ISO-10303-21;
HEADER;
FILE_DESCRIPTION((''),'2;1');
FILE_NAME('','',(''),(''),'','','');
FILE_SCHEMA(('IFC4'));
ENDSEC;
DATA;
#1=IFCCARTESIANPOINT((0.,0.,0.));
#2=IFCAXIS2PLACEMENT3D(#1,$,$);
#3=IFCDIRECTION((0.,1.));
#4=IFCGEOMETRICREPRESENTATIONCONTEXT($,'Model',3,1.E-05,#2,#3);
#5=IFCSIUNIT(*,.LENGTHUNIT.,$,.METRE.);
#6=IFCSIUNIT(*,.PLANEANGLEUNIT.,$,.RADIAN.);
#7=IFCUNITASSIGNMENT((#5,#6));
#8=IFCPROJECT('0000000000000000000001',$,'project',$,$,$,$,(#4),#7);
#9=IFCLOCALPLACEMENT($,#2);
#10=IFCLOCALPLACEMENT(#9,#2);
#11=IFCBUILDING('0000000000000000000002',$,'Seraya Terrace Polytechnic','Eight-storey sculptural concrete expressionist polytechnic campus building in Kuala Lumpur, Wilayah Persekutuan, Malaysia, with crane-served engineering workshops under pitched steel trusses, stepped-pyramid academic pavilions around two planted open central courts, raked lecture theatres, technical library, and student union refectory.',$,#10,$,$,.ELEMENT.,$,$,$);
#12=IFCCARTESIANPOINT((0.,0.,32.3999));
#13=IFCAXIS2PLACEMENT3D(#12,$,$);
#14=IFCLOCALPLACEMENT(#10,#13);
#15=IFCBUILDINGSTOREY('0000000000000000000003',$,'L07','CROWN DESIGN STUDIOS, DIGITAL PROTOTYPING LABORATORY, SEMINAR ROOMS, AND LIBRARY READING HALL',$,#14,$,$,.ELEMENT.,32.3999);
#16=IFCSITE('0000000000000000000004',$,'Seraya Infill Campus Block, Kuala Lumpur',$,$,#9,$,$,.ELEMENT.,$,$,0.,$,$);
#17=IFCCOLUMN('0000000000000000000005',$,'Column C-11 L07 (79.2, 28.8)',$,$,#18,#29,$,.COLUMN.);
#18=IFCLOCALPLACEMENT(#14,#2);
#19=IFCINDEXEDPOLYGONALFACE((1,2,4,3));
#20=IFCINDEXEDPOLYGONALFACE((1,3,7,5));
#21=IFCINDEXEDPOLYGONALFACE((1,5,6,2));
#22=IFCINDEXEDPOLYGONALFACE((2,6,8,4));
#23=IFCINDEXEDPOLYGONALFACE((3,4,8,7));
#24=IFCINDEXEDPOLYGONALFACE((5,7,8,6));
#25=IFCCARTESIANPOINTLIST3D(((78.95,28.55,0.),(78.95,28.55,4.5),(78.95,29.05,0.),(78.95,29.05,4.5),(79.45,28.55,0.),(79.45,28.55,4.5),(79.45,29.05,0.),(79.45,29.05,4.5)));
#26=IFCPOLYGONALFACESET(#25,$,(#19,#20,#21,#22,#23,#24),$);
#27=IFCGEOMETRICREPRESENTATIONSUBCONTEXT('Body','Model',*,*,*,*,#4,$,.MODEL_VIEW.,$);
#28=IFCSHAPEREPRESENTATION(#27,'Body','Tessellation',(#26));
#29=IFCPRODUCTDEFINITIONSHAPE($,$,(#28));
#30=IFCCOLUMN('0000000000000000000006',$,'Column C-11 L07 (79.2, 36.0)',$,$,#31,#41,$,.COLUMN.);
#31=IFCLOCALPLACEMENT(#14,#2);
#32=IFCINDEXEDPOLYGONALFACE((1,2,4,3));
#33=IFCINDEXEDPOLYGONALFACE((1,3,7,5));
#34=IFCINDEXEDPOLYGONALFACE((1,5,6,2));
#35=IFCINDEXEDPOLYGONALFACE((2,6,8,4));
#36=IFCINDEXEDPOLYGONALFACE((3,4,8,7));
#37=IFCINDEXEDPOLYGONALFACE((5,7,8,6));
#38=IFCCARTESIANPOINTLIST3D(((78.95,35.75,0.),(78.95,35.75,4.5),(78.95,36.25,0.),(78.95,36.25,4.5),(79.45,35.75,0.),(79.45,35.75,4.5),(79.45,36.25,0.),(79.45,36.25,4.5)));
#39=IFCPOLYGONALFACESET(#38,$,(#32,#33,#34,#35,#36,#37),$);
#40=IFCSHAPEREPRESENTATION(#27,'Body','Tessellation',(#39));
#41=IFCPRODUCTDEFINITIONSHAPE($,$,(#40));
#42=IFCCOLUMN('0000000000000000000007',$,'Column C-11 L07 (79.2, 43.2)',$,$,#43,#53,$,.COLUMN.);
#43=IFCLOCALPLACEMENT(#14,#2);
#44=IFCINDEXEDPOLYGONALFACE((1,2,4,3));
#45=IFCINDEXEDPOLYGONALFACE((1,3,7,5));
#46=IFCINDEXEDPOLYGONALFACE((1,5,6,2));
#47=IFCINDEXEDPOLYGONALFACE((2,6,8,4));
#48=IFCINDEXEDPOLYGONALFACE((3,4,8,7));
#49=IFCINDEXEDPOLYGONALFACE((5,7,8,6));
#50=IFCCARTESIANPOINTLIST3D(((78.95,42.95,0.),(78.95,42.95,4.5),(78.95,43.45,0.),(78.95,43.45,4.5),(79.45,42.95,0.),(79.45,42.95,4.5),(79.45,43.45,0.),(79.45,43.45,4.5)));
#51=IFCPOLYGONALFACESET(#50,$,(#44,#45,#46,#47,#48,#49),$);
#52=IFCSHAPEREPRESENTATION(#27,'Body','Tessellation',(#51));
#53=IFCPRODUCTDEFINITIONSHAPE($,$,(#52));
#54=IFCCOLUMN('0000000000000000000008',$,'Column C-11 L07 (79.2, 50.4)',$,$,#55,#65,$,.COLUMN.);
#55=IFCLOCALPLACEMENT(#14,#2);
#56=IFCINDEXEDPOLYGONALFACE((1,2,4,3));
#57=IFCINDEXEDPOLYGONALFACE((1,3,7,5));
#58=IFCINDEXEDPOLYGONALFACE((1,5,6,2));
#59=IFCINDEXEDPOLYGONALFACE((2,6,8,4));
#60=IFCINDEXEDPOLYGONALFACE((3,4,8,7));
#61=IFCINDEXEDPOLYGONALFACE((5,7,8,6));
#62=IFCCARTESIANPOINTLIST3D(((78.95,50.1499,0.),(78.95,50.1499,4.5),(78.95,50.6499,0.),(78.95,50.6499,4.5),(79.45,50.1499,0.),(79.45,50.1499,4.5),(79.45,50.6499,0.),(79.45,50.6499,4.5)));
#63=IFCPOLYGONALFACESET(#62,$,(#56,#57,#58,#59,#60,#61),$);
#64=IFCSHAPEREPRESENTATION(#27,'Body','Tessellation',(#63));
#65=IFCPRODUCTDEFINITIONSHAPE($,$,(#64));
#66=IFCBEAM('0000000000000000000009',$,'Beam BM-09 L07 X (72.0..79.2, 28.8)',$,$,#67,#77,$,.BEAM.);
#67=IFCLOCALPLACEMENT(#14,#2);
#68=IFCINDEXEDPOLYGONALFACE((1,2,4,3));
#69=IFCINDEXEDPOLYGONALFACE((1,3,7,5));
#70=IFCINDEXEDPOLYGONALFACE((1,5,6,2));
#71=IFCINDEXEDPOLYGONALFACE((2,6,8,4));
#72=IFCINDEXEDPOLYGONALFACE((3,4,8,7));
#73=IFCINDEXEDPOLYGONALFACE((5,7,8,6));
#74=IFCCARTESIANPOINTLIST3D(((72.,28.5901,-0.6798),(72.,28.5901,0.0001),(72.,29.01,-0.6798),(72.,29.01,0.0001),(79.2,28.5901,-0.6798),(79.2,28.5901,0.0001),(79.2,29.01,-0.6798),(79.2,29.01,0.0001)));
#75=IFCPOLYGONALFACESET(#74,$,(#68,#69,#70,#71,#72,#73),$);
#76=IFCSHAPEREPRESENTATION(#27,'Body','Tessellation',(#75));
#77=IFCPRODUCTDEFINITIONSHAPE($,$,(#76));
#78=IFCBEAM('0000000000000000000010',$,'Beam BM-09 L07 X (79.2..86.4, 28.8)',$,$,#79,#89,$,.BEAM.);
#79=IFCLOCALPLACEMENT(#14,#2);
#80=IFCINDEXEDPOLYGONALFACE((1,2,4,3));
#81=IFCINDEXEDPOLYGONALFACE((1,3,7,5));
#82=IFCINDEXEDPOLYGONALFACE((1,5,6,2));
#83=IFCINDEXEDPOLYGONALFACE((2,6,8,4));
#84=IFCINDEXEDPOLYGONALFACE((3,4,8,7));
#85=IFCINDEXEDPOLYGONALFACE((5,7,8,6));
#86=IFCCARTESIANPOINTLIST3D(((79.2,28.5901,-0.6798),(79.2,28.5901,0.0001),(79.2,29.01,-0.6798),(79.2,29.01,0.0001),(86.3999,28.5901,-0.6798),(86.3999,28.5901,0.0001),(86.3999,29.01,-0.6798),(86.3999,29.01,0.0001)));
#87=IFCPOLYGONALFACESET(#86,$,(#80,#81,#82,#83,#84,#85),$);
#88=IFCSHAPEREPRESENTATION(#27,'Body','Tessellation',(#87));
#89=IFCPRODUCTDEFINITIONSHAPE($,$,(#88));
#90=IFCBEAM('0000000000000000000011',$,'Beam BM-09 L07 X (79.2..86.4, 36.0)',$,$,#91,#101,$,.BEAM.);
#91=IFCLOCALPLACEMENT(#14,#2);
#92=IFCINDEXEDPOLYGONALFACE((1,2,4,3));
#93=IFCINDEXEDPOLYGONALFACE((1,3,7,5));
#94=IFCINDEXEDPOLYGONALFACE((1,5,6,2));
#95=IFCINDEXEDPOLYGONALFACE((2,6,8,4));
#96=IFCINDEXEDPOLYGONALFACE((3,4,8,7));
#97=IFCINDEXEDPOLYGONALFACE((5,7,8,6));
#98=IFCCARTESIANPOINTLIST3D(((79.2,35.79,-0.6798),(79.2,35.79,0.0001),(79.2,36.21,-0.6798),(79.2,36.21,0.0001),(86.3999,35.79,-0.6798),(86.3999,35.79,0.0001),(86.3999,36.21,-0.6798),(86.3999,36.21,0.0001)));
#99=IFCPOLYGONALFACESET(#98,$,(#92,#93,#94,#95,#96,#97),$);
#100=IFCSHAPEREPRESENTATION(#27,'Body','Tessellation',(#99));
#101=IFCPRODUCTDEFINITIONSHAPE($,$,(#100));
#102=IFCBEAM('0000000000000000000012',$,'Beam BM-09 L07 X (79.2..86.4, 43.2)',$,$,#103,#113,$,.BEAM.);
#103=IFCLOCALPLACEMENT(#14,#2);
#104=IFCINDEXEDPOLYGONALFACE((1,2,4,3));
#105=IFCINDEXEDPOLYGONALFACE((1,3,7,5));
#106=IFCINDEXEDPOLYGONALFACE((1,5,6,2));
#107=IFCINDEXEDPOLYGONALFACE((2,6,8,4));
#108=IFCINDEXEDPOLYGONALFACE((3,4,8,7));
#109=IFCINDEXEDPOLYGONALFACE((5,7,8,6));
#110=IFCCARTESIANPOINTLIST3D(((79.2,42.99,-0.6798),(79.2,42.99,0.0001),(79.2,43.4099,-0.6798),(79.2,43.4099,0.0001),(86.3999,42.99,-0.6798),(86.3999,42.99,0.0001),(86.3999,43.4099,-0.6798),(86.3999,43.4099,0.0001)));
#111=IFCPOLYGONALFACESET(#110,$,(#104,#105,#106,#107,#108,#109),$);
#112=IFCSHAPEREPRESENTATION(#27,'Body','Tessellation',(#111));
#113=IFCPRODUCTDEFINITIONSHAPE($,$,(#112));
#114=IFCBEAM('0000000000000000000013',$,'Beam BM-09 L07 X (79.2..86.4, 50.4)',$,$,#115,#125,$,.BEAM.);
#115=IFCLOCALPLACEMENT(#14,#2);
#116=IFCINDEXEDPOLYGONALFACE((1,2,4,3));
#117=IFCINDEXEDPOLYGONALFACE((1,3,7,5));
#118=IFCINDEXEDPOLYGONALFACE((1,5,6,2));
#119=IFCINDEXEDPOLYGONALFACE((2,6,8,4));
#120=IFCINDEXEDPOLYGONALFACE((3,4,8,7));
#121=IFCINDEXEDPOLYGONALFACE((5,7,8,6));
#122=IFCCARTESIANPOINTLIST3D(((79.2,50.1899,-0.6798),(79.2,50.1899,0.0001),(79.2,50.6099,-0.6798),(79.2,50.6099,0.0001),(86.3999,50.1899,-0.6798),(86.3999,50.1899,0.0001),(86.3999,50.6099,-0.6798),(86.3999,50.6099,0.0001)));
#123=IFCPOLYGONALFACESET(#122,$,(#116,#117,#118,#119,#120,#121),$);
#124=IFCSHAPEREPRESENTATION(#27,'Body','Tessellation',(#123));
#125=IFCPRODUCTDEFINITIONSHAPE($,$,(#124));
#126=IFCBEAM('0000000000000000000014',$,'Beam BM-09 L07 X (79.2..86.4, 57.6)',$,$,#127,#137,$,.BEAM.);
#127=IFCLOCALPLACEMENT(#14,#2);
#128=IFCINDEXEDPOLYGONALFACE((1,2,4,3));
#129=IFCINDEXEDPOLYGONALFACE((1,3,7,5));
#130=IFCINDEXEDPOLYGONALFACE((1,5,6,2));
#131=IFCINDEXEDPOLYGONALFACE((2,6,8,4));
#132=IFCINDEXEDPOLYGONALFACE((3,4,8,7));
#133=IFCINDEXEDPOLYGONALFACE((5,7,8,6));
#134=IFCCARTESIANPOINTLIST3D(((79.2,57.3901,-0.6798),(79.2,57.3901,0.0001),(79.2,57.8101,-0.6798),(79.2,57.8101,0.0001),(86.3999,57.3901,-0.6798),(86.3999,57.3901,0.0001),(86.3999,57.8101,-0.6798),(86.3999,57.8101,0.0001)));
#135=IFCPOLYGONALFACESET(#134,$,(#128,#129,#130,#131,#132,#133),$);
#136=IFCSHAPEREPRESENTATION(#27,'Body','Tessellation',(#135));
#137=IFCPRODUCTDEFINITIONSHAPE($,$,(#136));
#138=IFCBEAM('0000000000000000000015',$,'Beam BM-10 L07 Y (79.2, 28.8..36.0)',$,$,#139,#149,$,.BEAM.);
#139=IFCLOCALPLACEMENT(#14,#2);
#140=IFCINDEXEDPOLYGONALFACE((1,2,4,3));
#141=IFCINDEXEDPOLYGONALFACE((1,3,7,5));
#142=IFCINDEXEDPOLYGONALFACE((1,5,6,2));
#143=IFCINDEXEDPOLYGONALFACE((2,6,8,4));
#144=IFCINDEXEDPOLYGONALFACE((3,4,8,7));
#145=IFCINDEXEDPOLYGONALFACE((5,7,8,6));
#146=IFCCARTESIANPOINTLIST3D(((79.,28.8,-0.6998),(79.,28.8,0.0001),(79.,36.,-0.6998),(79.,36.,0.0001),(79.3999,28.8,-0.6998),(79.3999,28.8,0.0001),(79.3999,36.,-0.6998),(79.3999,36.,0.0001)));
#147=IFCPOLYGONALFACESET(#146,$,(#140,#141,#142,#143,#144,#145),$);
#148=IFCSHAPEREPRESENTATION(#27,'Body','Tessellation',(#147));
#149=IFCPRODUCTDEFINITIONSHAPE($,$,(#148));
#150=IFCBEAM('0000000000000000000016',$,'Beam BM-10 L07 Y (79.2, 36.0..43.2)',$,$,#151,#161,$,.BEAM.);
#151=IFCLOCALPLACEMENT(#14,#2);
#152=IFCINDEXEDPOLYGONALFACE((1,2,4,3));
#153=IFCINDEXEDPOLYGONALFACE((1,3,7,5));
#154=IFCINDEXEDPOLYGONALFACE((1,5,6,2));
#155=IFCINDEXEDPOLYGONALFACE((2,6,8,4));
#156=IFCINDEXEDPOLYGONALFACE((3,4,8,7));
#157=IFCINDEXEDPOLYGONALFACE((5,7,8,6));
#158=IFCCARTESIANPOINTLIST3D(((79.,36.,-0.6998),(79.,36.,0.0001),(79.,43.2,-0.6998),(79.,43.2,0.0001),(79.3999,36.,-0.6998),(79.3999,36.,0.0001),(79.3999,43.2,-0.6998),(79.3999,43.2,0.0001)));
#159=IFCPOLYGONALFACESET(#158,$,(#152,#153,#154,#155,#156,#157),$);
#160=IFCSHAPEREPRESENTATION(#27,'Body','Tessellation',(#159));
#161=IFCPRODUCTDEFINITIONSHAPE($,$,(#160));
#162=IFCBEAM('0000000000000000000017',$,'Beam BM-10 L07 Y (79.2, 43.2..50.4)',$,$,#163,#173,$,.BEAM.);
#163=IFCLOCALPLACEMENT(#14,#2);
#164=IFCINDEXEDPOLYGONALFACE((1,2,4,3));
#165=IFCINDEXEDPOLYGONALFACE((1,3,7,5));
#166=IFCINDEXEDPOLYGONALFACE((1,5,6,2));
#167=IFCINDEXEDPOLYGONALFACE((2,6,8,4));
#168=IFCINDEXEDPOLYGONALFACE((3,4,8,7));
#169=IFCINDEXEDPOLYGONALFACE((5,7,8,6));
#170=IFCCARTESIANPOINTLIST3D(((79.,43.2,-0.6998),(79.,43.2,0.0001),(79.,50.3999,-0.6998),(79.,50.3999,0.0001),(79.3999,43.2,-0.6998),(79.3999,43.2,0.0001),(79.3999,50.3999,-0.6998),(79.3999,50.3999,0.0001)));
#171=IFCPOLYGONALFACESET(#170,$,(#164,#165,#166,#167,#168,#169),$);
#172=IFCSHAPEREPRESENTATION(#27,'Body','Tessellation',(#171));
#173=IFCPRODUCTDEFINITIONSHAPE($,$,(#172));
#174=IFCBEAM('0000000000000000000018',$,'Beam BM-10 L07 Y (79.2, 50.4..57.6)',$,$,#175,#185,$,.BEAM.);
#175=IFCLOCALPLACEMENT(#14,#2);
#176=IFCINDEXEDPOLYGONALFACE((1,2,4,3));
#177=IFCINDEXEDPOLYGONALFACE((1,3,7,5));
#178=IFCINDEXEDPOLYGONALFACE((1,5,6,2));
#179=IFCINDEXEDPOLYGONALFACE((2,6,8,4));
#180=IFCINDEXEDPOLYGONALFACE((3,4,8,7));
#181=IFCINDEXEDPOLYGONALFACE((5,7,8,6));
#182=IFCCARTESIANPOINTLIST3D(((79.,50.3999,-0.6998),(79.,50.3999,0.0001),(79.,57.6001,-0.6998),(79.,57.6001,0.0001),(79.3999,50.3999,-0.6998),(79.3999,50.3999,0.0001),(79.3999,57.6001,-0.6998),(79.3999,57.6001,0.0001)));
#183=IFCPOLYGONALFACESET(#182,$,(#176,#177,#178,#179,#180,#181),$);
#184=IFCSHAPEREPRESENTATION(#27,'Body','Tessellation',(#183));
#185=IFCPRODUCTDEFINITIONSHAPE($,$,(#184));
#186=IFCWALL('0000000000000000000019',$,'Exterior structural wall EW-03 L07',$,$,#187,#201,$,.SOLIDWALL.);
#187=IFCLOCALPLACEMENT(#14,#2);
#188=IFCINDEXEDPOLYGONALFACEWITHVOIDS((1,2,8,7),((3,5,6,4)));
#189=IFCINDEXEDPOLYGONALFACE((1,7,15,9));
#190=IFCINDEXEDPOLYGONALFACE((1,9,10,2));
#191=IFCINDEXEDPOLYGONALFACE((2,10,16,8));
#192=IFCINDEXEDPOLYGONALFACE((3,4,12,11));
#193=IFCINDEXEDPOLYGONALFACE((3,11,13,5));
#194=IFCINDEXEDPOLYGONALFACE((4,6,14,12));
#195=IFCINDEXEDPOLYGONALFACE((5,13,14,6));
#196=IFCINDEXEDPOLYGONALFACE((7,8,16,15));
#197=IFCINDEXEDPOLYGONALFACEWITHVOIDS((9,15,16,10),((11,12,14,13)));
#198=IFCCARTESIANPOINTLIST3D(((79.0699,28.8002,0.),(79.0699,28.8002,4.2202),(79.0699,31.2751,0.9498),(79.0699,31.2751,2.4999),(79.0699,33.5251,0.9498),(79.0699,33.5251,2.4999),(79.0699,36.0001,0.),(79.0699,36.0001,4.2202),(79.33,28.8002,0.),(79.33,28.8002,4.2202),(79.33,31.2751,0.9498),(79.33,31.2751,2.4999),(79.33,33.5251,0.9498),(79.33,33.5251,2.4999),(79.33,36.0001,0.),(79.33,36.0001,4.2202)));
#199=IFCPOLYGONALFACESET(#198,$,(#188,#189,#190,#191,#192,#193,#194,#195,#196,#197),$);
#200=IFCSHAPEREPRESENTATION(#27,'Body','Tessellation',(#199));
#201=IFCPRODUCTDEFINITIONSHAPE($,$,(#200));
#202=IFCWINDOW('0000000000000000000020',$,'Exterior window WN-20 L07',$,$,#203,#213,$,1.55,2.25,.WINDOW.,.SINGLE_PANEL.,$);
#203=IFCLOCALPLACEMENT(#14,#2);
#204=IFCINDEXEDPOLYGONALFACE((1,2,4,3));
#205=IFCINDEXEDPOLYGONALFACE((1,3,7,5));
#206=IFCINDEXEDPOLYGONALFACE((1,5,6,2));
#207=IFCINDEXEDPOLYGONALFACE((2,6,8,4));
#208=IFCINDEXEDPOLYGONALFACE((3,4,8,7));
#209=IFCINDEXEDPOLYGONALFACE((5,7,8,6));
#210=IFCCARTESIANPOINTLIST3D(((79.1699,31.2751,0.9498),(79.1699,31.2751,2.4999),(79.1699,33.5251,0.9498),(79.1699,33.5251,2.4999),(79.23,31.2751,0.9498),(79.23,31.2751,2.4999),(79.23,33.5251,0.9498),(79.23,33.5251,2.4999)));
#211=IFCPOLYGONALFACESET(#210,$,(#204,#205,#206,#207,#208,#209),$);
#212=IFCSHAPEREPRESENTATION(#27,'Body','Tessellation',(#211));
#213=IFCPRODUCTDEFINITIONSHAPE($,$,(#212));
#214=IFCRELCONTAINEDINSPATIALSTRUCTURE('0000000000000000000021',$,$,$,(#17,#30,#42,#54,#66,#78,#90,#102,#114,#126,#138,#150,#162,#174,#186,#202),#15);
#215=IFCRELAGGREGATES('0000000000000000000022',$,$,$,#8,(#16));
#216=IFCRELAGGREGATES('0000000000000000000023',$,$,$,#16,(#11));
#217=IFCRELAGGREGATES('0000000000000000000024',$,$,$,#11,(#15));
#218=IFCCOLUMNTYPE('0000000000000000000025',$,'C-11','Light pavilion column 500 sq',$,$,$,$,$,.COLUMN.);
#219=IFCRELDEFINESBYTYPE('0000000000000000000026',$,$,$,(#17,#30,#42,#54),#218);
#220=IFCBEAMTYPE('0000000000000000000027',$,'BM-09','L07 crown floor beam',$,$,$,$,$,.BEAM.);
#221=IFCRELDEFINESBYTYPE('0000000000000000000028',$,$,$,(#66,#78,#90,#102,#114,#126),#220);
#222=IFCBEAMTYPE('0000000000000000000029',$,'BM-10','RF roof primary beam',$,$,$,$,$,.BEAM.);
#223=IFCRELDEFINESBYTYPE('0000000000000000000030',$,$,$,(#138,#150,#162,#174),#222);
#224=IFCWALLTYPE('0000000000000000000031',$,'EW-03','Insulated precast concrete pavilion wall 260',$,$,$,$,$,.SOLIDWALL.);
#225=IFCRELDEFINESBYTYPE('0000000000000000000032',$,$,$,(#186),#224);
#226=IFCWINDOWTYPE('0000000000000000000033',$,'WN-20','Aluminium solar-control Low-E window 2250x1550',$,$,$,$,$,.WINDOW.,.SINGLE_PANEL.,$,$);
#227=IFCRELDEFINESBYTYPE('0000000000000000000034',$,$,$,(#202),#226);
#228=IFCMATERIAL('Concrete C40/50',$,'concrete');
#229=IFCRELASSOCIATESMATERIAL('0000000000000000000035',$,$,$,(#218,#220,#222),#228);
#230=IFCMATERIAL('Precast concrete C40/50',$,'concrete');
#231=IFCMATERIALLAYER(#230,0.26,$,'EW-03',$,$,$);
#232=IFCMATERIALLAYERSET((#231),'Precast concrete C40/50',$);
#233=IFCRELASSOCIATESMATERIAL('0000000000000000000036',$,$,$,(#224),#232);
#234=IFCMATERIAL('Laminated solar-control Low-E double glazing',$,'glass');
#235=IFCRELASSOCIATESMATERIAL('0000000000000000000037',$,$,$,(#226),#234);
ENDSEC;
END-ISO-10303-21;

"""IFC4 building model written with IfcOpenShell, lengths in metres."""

from ifc_helpers import new_model, si_unit, direction, frame, frame_2d, origin, origin_2d, place, context, subcontext, project, spatial, rectangle, extrude, material, layer, layer_set, material_profile, profile_set, type_object, element, fill, save


model = new_model("IFC4")

# Units and contexts
model_context = context("Model", 3, precision=1e-05, world=origin(), true_north=direction((0.0, 1.0)))
body_context = subcontext(model_context, "Body", "Model", "MODEL_VIEW")
ifc_project = project(units=[si_unit("LENGTHUNIT", "METRE"), si_unit("PLANEANGLEUNIT", "RADIAN")], contexts=[model_context])

# Site, building, storey
site_placement = place(None, origin())
site = spatial("IfcSite", under=ifc_project, at=site_placement, Name="Seraya Infill Campus Block, Kuala Lumpur", CompositionType="ELEMENT", RefElevation=0.0)
building_placement = place(site_placement, origin())
building = spatial("IfcBuilding", under=site, at=building_placement, Name="Seraya Terrace Polytechnic", Description="Eight-storey sculptural concrete expressionist polytechnic campus building in Kuala Lumpur, Wilayah Persekutuan, Malaysia, with crane-served engineering workshops under pitched steel trusses, stepped-pyramid academic pavilions around two planted open central courts, raked lecture theatres, technical library, and student union refectory.", CompositionType="ELEMENT")
storey_placement = place(building_placement, frame((0.0, 0.0, 32.3999)))
storey = spatial("IfcBuildingStorey", under=building, at=storey_placement, Name="L07", Description="CROWN DESIGN STUDIOS, DIGITAL PROTOTYPING LABORATORY, SEMINAR ROOMS, AND LIBRARY READING HALL", CompositionType="ELEMENT", Elevation=32.3999)

# Columns
ifc_material_1 = material(Name="Concrete C40/50", Category="concrete")
ifc_material_profile_1 = material_profile(ifc_material_1, rectangle(XDim=0.5, YDim=0.5, at=origin_2d()), Name="RC 500x500")
ifc_profile_set_1 = profile_set([ifc_material_profile_1], Name="Concrete C40/50")
column_type = type_object("IfcColumnType", Name="C-11", Description="Light pavilion column 500 sq", PredefinedType="COLUMN", material=ifc_profile_set_1)
for number, where, z_axis, x_axis, name in (
    (1, (79.2, 28.8, 0.0), (0.0, 0.0, 1.0), (1.0, 0.0, 0.0), "Column C-11 L07 (79.2, 28.8)"),
    (2, (79.2, 36.0, 0.0), (0.0, 0.0, 1.0), (1.0, 0.0, 0.0), "Column C-11 L07 (79.2, 36.0)"),
    (3, (79.2, 43.2, 0.0), (0.0, 0.0, 1.0), (1.0, 0.0, 0.0), "Column C-11 L07 (79.2, 43.2)"),
    (4, (79.2, 50.3999, 0.0), (0.0, 0.0, 1.0), (1.0, 0.0, 0.0), "Column C-11 L07 (79.2, 50.4)"),
):
    element("IfcColumn", number, at=place(storey_placement, frame(where, z_axis=z_axis, x_axis=x_axis)), inside=storey, type_object=column_type, Name=name, PredefinedType="COLUMN", context=body_context, shape_type="SweptSolid", body=[
        extrude(rectangle(XDim=0.5, YDim=0.5, at=origin_2d()), origin(), (0.0, 0.0, 1.0), 4.5),
    ])

# Beams
ifc_material_profile_2 = material_profile(ifc_material_1, rectangle(XDim=0.4199, YDim=0.6799, at=origin_2d()), Name="RC 420x680")
ifc_profile_set_2 = profile_set([ifc_material_profile_2], Name="Concrete C40/50")
beam_type_1 = type_object("IfcBeamType", Name="BM-09", Description="L07 crown floor beam", PredefinedType="BEAM", material=ifc_profile_set_2)
for number, where, z_axis, x_axis, name in (
    (5, (72.0, 28.8, -0.3398), (1.0, 0.0, 0.0), (0.0, 1.0, 0.0), "Beam BM-09 L07 X (72.0..79.2, 28.8)"),
    (6, (79.2, 28.8, -0.3398), (1.0, 0.0, 0.0), (0.0, 1.0, 0.0), "Beam BM-09 L07 X (79.2..86.4, 28.8)"),
    (7, (79.2, 36.0, -0.3398), (1.0, 0.0, 0.0), (0.0, 1.0, 0.0), "Beam BM-09 L07 X (79.2..86.4, 36.0)"),
    (8, (79.2, 43.2, -0.3398), (1.0, 0.0, 0.0), (0.0, 1.0, 0.0), "Beam BM-09 L07 X (79.2..86.4, 43.2)"),
    (9, (79.2, 50.3999, -0.3398), (1.0, 0.0, 0.0), (0.0, 1.0, 0.0), "Beam BM-09 L07 X (79.2..86.4, 50.4)"),
    (10, (79.2, 57.6001, -0.3398), (1.0, 0.0, 0.0), (0.0, 1.0, 0.0), "Beam BM-09 L07 X (79.2..86.4, 57.6)"),
):
    element("IfcBeam", number, at=place(storey_placement, frame(where, z_axis=z_axis, x_axis=x_axis)), inside=storey, type_object=beam_type_1, Name=name, PredefinedType="BEAM", context=body_context, shape_type="SweptSolid", body=[
        extrude(rectangle(XDim=0.4199, YDim=0.6799, at=origin_2d()), origin(), (0.0, 0.0, 1.0), 7.2),
    ])
ifc_material_profile_3 = material_profile(ifc_material_1, rectangle(XDim=0.3999, YDim=0.7, at=origin_2d()), Name="RC 400x700")
ifc_profile_set_3 = profile_set([ifc_material_profile_3], Name="Concrete C40/50")
beam_type_2 = type_object("IfcBeamType", Name="BM-10", Description="RF roof primary beam", PredefinedType="BEAM", material=ifc_profile_set_3)
for number, where, z_axis, x_axis, name in (
    (11, (79.2, 28.8, -0.3499), (0.0, 1.0, 0.0), (-1.0, 0.0, 0.0), "Beam BM-10 L07 Y (79.2, 28.8..36.0)"),
    (12, (79.2, 36.0, -0.3499), (0.0, 1.0, 0.0), (-1.0, 0.0, 0.0), "Beam BM-10 L07 Y (79.2, 36.0..43.2)"),
    (13, (79.2, 43.2, -0.3499), (0.0, 1.0, 0.0), (-1.0, 0.0, 0.0), "Beam BM-10 L07 Y (79.2, 43.2..50.4)"),
):
    element("IfcBeam", number, at=place(storey_placement, frame(where, z_axis=z_axis, x_axis=x_axis)), inside=storey, type_object=beam_type_2, Name=name, PredefinedType="BEAM", context=body_context, shape_type="SweptSolid", body=[
        extrude(rectangle(XDim=0.3999, YDim=0.7, at=origin_2d()), origin(), (0.0, 0.0, 1.0), 7.2),
    ])
beam_placement = place(storey_placement, frame((79.2, 50.3999, -0.3499), z_axis=(0.0, 1.0, 0.0), x_axis=(-1.0, 0.0, 0.0)))
element("IfcBeam", 14, at=beam_placement, inside=storey, type_object=beam_type_2, Name="Beam BM-10 L07 Y (79.2, 50.4..57.6)", PredefinedType="BEAM", context=body_context, shape_type="SweptSolid", body=[
    extrude(rectangle(XDim=0.3999, YDim=0.7, at=origin_2d()), origin(), (0.0, 0.0, 1.0), 7.2002),
])

# Wall, opening, window
ifc_material_2 = material(Name="Precast concrete C40/50", Category="concrete")
ifc_layer = layer(ifc_material_2, 0.26, Name="EW-03")
ifc_layer_set = layer_set([ifc_layer], Name="Precast concrete C40/50")
wall_type = type_object("IfcWallType", Name="EW-03", Description="Insulated precast concrete pavilion wall 260", PredefinedType="SOLIDWALL", material=ifc_layer_set)
wall_1_placement = place(storey_placement, frame((79.2, 28.8, 0.0), z_axis=(0.0, 0.0, 1.0), x_axis=(0.0, 1.0, 0.0)))
wall_1 = element("IfcWall", 15, at=wall_1_placement, inside=storey, type_object=wall_type, Name="Exterior structural wall EW-03 L07", PredefinedType="SOLIDWALL", context=body_context, shape_type="SweptSolid", body=[
    extrude(rectangle(XDim=7.2, YDim=0.26, at=frame_2d((3.6001, 0.0))), origin(), (0.0, 0.0, 1.0), 4.2202),
])
opening_1_placement = place(wall_1_placement, frame((2.4751, 0.0, 0.95)))
opening_1 = element("IfcOpeningElement", 16, at=opening_1_placement, cuts=wall_1, PredefinedType="OPENING", context=body_context, shape_type="SweptSolid", body=[
    extrude(rectangle(XDim=2.25, YDim=1.55, at=frame_2d((1.125, 0.7749))), frame((0.0, 0.1421, 0.0), z_axis=(0.0, -1.0, 0.0), x_axis=(1.0, 0.0, 0.0)), (0.0, 0.0, 1.0), 0.2839),
])
ifc_material_3 = material(Name="Laminated solar-control Low-E double glazing", Category="glass")
window_type_1 = type_object("IfcWindowType", Name="WN-20", Description="Aluminium solar-control Low-E window 2250x1550", PartitioningType="SINGLE_PANEL", PredefinedType="WINDOW", material=ifc_material_3)
window_1_placement = place(opening_1_placement, origin())
window_1 = element("IfcWindow", 17, at=window_1_placement, inside=storey, type_object=window_type_1, Name="Exterior window WN-20 L07", OverallHeight=1.55, OverallWidth=2.25, PartitioningType="SINGLE_PANEL", PredefinedType="WINDOW", context=body_context, shape_type="SweptSolid", body=[
    extrude(rectangle(XDim=2.25, YDim=1.55, at=frame_2d((1.125, 0.7749))), frame((0.0, 0.03, 0.0), z_axis=(0.0, -1.0, 0.0), x_axis=(1.0, 0.0, 0.0)), (0.0, 0.0, 1.0), 0.0601),
])
fill(opening_1, window_1)

save(model, "model.ifc")
